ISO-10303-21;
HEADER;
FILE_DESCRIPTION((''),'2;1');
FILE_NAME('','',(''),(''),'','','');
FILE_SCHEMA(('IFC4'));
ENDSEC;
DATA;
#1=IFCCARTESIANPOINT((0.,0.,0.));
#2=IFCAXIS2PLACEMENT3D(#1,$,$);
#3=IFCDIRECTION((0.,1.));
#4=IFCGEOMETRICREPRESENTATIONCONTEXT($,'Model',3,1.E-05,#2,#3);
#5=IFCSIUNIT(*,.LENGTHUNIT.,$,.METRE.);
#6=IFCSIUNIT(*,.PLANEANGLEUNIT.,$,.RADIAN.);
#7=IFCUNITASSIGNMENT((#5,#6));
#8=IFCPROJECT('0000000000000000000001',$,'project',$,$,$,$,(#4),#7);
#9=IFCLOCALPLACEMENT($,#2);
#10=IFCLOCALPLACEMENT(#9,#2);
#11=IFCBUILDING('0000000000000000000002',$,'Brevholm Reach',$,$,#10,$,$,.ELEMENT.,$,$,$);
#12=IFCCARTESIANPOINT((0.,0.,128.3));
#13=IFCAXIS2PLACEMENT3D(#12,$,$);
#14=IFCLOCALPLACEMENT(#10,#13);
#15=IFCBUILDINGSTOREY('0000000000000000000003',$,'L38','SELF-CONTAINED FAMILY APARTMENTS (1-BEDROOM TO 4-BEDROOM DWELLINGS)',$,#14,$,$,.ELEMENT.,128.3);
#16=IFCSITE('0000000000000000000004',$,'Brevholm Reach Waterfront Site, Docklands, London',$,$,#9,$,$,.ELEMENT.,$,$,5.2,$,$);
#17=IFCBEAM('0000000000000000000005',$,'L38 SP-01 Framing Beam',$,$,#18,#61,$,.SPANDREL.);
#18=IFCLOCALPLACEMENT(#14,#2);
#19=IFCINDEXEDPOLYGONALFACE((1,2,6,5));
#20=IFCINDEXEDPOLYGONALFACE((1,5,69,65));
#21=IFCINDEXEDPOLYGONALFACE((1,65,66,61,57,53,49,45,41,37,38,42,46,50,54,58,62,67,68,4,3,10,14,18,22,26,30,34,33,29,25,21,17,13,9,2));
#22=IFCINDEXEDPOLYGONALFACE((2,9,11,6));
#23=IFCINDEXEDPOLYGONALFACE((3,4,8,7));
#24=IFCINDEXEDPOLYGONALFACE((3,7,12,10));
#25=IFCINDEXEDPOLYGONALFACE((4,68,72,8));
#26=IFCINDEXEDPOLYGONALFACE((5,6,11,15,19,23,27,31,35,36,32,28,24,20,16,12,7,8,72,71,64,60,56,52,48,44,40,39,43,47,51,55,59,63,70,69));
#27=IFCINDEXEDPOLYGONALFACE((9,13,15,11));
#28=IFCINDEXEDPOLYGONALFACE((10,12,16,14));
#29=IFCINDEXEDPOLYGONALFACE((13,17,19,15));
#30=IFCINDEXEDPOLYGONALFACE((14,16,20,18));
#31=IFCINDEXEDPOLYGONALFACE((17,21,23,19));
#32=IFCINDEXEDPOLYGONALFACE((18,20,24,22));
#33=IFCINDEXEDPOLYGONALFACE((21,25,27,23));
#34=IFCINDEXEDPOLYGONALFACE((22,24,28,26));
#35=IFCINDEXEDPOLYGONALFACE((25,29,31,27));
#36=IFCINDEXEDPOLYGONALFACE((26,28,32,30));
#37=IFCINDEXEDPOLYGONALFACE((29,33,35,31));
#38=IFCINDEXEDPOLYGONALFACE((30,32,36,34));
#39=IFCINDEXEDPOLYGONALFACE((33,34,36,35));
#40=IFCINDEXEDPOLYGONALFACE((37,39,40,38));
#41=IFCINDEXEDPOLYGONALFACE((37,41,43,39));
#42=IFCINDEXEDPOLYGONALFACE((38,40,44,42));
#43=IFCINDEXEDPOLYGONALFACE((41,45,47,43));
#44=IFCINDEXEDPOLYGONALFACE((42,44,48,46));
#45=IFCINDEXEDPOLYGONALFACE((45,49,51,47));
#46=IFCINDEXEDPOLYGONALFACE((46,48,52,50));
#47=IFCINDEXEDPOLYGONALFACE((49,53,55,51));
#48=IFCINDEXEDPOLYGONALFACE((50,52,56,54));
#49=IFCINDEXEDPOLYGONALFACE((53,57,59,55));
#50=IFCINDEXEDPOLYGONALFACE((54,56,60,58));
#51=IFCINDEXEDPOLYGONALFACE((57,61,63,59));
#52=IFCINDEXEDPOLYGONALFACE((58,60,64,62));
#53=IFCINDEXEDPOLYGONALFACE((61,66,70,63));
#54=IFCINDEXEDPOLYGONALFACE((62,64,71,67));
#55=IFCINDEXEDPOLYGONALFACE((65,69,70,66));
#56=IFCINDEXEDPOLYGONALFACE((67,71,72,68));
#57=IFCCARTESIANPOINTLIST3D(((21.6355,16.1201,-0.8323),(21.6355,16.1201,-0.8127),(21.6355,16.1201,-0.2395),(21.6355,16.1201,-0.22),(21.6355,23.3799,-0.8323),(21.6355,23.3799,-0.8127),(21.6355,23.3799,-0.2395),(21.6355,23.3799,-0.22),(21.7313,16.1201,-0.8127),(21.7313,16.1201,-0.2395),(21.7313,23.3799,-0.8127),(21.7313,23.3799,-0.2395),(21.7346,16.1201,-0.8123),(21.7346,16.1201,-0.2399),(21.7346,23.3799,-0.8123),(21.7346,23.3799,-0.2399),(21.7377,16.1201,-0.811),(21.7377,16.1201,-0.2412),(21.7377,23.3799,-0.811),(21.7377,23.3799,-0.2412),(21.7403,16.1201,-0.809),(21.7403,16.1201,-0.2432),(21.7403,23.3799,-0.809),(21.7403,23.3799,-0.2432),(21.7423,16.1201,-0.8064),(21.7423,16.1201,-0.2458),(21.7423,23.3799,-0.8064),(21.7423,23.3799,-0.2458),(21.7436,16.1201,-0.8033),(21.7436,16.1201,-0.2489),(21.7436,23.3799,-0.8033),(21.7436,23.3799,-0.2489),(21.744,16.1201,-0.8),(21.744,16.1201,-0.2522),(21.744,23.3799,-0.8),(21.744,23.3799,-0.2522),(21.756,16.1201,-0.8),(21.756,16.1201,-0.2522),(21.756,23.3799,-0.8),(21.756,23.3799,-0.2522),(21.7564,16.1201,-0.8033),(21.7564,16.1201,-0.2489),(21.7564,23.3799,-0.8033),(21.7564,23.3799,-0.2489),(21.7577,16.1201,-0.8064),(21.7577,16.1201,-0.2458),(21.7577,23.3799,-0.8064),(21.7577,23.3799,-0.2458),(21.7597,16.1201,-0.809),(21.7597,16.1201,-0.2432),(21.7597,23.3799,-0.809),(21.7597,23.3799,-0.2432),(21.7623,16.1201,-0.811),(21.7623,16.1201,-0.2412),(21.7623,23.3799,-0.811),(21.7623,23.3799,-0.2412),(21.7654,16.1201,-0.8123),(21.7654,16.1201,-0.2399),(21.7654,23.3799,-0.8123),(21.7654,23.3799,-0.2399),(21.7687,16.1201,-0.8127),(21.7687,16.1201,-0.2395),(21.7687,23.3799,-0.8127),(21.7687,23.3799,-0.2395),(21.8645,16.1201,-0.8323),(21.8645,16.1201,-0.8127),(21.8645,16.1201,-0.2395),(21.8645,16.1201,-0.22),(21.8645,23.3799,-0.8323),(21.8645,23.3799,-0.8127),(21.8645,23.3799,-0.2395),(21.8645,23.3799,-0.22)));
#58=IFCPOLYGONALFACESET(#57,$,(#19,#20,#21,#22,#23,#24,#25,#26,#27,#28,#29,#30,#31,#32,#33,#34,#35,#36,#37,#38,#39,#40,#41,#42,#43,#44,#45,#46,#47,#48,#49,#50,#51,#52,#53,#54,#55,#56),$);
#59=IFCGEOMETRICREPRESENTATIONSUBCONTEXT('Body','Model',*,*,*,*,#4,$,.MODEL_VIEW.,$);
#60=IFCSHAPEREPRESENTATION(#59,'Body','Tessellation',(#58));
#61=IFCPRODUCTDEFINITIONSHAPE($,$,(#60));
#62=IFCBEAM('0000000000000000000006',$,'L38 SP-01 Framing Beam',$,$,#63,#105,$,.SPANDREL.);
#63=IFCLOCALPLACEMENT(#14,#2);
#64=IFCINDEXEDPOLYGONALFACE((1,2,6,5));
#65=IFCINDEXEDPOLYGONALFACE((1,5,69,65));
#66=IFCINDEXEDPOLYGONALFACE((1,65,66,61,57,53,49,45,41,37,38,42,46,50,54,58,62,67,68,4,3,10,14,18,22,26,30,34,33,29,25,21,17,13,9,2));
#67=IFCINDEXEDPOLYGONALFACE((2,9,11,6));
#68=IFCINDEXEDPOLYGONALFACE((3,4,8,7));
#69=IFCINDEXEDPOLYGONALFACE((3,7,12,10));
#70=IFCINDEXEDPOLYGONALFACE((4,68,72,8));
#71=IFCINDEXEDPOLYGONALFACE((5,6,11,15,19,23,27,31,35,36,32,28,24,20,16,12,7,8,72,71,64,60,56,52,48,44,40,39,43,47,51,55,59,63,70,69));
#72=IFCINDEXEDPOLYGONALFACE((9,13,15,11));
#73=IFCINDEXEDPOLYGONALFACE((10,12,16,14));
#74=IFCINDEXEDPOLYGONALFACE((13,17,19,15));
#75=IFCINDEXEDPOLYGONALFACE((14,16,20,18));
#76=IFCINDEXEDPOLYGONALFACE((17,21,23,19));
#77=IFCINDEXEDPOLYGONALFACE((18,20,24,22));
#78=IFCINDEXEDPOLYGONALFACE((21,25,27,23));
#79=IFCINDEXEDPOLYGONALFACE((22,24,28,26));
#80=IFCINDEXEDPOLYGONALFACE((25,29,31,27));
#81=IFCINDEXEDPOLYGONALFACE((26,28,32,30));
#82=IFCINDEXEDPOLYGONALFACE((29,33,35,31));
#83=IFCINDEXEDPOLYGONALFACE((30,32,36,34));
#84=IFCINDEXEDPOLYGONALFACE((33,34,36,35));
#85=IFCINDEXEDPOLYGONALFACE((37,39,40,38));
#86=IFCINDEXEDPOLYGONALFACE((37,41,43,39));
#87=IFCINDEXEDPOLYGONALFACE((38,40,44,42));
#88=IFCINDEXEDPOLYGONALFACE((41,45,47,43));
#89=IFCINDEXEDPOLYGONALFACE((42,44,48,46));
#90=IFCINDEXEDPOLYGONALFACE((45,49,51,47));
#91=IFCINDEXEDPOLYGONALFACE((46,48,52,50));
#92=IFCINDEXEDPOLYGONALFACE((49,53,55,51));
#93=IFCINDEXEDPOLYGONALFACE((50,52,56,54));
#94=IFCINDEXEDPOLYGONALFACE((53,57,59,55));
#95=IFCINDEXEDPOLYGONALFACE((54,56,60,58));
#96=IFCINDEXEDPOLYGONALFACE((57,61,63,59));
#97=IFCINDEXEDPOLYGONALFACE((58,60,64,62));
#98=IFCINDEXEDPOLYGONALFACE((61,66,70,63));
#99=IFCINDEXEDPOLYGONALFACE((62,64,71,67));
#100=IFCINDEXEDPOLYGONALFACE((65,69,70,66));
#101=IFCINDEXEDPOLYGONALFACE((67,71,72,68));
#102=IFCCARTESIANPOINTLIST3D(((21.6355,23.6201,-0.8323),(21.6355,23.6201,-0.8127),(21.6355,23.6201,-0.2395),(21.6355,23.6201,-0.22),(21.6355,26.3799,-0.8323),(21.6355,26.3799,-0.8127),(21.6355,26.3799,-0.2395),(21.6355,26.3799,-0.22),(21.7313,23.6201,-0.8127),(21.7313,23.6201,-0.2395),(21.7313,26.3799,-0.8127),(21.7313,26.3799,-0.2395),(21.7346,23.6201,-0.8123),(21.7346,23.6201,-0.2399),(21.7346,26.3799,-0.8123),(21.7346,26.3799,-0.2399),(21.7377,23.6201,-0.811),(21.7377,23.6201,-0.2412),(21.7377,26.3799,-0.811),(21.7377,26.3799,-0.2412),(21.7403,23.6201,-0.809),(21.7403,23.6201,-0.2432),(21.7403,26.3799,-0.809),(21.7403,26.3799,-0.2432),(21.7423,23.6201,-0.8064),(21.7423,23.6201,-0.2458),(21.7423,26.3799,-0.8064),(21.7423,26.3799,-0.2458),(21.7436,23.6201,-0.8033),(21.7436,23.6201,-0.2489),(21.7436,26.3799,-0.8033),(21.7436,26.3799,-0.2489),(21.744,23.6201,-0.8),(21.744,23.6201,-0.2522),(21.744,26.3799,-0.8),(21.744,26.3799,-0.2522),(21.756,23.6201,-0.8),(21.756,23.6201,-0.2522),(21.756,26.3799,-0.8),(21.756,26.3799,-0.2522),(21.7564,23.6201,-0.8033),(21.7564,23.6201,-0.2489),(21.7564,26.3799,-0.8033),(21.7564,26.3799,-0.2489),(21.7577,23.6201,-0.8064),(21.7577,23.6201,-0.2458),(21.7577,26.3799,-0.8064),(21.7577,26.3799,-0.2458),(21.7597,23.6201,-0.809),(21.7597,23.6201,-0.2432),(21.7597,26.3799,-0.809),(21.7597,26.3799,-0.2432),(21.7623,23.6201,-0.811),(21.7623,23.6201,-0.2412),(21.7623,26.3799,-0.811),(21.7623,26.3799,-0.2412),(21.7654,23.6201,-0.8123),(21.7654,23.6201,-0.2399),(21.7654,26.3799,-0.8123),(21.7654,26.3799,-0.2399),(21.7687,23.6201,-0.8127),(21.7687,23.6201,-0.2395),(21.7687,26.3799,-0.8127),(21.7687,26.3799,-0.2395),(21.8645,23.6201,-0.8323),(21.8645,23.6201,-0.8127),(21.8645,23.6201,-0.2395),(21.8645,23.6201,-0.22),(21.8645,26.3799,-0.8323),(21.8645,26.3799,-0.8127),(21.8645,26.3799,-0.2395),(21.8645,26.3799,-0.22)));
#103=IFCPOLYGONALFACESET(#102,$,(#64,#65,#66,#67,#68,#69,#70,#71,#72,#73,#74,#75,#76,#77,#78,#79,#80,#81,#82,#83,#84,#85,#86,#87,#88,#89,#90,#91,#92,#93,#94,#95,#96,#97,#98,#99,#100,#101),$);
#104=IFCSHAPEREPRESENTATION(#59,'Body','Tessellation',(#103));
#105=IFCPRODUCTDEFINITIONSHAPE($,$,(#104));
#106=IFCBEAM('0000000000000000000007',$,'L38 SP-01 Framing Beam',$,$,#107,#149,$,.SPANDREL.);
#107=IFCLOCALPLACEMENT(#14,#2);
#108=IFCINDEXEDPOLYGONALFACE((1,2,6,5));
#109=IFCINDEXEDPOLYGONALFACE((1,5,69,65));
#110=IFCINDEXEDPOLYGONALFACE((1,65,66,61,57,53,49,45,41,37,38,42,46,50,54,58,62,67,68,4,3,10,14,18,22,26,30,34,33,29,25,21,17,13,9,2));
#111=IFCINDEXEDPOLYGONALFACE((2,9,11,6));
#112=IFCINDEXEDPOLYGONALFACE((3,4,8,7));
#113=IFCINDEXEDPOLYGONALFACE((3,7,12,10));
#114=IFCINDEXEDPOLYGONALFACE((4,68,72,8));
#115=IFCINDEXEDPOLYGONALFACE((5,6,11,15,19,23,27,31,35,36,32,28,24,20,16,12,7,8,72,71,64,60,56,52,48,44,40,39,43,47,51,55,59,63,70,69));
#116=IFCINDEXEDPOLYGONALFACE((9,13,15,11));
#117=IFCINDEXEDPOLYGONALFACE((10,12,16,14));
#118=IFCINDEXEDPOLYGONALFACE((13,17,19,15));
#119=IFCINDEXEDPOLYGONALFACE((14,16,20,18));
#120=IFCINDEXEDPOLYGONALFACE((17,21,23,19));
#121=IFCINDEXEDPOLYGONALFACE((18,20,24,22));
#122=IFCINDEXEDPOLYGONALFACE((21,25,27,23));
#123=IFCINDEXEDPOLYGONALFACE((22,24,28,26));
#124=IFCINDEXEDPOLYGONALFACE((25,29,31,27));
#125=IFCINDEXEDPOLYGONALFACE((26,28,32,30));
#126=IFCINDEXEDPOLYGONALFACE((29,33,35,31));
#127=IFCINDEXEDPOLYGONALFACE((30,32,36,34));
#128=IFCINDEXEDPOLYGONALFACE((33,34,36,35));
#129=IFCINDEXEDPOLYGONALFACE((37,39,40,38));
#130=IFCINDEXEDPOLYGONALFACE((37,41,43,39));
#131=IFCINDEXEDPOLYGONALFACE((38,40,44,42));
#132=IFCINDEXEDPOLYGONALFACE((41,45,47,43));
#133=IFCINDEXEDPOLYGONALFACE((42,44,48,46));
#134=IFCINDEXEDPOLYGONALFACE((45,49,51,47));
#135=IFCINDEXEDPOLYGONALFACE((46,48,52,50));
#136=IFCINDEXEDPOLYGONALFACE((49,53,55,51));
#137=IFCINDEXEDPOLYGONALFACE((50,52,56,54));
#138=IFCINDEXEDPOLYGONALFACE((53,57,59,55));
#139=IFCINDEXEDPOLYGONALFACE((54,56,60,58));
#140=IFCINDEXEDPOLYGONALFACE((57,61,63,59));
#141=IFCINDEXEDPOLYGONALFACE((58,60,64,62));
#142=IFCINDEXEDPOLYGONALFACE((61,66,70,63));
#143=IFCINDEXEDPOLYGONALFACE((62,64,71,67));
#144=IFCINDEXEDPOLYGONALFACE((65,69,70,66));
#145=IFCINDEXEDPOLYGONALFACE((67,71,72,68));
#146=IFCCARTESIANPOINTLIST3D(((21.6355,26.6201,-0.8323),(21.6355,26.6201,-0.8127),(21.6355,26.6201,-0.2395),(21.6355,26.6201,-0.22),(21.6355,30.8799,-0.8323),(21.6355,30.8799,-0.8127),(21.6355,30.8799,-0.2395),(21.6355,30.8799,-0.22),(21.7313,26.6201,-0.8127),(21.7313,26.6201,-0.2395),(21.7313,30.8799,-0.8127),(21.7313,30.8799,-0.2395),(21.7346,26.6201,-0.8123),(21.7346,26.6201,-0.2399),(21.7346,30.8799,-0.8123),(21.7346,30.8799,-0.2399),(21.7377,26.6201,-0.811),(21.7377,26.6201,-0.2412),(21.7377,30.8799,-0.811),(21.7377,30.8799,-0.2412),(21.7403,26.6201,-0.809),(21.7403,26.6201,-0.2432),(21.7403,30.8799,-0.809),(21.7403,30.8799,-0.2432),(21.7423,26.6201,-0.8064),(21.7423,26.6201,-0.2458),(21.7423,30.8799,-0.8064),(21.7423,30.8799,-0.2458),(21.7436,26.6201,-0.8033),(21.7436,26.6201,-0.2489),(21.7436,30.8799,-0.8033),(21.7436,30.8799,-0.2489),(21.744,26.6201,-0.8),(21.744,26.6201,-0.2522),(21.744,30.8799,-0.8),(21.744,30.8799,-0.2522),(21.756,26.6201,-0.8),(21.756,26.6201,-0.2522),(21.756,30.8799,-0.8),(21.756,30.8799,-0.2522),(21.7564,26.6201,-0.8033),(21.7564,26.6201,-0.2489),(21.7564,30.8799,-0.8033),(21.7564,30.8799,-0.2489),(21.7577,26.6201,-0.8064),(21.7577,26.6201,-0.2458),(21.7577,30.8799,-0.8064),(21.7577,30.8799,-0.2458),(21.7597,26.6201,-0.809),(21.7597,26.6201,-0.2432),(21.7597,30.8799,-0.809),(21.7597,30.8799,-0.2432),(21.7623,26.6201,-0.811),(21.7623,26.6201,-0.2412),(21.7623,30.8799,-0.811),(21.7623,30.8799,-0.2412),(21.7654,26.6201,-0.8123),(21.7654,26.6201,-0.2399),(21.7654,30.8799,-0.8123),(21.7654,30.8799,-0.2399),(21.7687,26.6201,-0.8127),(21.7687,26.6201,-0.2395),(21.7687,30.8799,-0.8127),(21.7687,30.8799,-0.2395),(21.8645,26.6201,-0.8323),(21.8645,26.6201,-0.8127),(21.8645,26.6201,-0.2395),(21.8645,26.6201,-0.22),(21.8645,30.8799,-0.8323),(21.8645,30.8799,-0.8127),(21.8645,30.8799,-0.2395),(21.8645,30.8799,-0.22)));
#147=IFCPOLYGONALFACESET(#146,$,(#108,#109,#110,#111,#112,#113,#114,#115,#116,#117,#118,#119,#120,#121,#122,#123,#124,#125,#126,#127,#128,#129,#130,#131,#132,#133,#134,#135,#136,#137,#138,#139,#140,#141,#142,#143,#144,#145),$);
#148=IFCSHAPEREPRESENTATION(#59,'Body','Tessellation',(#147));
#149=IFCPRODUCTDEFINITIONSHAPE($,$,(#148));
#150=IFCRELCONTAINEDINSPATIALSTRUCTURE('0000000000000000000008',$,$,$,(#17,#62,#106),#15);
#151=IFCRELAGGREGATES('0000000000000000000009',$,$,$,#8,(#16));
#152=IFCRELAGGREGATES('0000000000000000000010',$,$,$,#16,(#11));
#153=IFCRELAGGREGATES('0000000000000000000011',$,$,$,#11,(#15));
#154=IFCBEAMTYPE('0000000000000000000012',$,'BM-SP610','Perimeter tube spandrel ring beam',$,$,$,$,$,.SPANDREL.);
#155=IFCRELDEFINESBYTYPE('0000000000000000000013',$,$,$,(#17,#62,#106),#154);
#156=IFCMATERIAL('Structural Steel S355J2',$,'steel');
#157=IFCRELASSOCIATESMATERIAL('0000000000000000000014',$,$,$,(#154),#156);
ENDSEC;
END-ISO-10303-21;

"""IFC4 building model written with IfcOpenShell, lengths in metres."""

from ifc_helpers import new_model, si_unit, direction, frame, origin, origin_2d, place, context, subcontext, project, spatial, i_section, extrude, material, material_profile, profile_set, type_object, element, save


model = new_model("IFC4")

# Units and contexts
model_context = context("Model", 3, precision=1e-05, world=origin(), true_north=direction((0.0, 1.0)))
body_context = subcontext(model_context, "Body", "Model", "MODEL_VIEW")
ifc_project = project(units=[si_unit("LENGTHUNIT", "METRE"), si_unit("PLANEANGLEUNIT", "RADIAN")], contexts=[model_context])

# Site, building, storey
site_placement = place(None, origin())
site = spatial("IfcSite", under=ifc_project, at=site_placement, Name="Brevholm Reach Waterfront Site, Docklands, London", CompositionType="ELEMENT", RefElevation=5.2)
building_placement = place(site_placement, origin())
building = spatial("IfcBuilding", under=site, at=building_placement, Name="Brevholm Reach", CompositionType="ELEMENT")
storey_placement = place(building_placement, frame((0.0, 0.0, 128.3)))
storey = spatial("IfcBuildingStorey", under=building, at=storey_placement, Name="L38", Description="SELF-CONTAINED FAMILY APARTMENTS (1-BEDROOM TO 4-BEDROOM DWELLINGS)", CompositionType="ELEMENT", Elevation=128.3)

# Beams
ifc_material_1 = material(Name="Structural Steel S355J2", Category="steel")
ifc_material_profile_1 = material_profile(ifc_material_1, i_section(OverallWidth=0.229, OverallDepth=0.6123, WebThickness=0.012, FlangeThickness=0.0195, FilletRadius=0.0127, at=origin_2d()), Name="UKB 610x229x125")
ifc_profile_set_1 = profile_set([ifc_material_profile_1], Name="Structural Steel S355J2")
beam_type_1 = type_object("IfcBeamType", Name="BM-SP610", Description="Perimeter tube spandrel ring beam", PredefinedType="SPANDREL", material=ifc_profile_set_1)
beam_1_placement = place(storey_placement, frame((21.75, 16.1201, -0.5261), z_axis=(0.0, 1.0, 0.0), x_axis=(-1.0, 0.0, 0.0)))
element("IfcBeam", 1, at=beam_1_placement, inside=storey, type_object=beam_type_1, Name="L38 SP-01 Framing Beam", PredefinedType="SPANDREL", context=body_context, shape_type="SweptSolid", body=[
    extrude(i_section(OverallWidth=0.229, OverallDepth=0.6123, WebThickness=0.012, FlangeThickness=0.0195, FilletRadius=0.0127, at=origin_2d()), origin(), (0.0, 0.0, 1.0), 7.2598),
])
beam_2_placement = place(storey_placement, frame((21.75, 23.6201, -0.5261), z_axis=(0.0, 1.0, 0.0), x_axis=(-1.0, 0.0, 0.0)))
element("IfcBeam", 2, at=beam_2_placement, inside=storey, type_object=beam_type_1, Name="L38 SP-01 Framing Beam", PredefinedType="SPANDREL", context=body_context, shape_type="SweptSolid", body=[
    extrude(i_section(OverallWidth=0.229, OverallDepth=0.6123, WebThickness=0.012, FlangeThickness=0.0195, FilletRadius=0.0127, at=origin_2d()), origin(), (0.0, 0.0, 1.0), 2.7598),
])
beam_3_placement = place(storey_placement, frame((21.75, 26.6201, -0.5261), z_axis=(0.0, 1.0, 0.0), x_axis=(-1.0, 0.0, 0.0)))
element("IfcBeam", 3, at=beam_3_placement, inside=storey, type_object=beam_type_1, Name="L38 SP-01 Framing Beam", PredefinedType="SPANDREL", context=body_context, shape_type="SweptSolid", body=[
    extrude(i_section(OverallWidth=0.229, OverallDepth=0.6123, WebThickness=0.012, FlangeThickness=0.0195, FilletRadius=0.0127, at=origin_2d()), origin(), (0.0, 0.0, 1.0), 4.2598),
])

save(model, "model.ifc")
